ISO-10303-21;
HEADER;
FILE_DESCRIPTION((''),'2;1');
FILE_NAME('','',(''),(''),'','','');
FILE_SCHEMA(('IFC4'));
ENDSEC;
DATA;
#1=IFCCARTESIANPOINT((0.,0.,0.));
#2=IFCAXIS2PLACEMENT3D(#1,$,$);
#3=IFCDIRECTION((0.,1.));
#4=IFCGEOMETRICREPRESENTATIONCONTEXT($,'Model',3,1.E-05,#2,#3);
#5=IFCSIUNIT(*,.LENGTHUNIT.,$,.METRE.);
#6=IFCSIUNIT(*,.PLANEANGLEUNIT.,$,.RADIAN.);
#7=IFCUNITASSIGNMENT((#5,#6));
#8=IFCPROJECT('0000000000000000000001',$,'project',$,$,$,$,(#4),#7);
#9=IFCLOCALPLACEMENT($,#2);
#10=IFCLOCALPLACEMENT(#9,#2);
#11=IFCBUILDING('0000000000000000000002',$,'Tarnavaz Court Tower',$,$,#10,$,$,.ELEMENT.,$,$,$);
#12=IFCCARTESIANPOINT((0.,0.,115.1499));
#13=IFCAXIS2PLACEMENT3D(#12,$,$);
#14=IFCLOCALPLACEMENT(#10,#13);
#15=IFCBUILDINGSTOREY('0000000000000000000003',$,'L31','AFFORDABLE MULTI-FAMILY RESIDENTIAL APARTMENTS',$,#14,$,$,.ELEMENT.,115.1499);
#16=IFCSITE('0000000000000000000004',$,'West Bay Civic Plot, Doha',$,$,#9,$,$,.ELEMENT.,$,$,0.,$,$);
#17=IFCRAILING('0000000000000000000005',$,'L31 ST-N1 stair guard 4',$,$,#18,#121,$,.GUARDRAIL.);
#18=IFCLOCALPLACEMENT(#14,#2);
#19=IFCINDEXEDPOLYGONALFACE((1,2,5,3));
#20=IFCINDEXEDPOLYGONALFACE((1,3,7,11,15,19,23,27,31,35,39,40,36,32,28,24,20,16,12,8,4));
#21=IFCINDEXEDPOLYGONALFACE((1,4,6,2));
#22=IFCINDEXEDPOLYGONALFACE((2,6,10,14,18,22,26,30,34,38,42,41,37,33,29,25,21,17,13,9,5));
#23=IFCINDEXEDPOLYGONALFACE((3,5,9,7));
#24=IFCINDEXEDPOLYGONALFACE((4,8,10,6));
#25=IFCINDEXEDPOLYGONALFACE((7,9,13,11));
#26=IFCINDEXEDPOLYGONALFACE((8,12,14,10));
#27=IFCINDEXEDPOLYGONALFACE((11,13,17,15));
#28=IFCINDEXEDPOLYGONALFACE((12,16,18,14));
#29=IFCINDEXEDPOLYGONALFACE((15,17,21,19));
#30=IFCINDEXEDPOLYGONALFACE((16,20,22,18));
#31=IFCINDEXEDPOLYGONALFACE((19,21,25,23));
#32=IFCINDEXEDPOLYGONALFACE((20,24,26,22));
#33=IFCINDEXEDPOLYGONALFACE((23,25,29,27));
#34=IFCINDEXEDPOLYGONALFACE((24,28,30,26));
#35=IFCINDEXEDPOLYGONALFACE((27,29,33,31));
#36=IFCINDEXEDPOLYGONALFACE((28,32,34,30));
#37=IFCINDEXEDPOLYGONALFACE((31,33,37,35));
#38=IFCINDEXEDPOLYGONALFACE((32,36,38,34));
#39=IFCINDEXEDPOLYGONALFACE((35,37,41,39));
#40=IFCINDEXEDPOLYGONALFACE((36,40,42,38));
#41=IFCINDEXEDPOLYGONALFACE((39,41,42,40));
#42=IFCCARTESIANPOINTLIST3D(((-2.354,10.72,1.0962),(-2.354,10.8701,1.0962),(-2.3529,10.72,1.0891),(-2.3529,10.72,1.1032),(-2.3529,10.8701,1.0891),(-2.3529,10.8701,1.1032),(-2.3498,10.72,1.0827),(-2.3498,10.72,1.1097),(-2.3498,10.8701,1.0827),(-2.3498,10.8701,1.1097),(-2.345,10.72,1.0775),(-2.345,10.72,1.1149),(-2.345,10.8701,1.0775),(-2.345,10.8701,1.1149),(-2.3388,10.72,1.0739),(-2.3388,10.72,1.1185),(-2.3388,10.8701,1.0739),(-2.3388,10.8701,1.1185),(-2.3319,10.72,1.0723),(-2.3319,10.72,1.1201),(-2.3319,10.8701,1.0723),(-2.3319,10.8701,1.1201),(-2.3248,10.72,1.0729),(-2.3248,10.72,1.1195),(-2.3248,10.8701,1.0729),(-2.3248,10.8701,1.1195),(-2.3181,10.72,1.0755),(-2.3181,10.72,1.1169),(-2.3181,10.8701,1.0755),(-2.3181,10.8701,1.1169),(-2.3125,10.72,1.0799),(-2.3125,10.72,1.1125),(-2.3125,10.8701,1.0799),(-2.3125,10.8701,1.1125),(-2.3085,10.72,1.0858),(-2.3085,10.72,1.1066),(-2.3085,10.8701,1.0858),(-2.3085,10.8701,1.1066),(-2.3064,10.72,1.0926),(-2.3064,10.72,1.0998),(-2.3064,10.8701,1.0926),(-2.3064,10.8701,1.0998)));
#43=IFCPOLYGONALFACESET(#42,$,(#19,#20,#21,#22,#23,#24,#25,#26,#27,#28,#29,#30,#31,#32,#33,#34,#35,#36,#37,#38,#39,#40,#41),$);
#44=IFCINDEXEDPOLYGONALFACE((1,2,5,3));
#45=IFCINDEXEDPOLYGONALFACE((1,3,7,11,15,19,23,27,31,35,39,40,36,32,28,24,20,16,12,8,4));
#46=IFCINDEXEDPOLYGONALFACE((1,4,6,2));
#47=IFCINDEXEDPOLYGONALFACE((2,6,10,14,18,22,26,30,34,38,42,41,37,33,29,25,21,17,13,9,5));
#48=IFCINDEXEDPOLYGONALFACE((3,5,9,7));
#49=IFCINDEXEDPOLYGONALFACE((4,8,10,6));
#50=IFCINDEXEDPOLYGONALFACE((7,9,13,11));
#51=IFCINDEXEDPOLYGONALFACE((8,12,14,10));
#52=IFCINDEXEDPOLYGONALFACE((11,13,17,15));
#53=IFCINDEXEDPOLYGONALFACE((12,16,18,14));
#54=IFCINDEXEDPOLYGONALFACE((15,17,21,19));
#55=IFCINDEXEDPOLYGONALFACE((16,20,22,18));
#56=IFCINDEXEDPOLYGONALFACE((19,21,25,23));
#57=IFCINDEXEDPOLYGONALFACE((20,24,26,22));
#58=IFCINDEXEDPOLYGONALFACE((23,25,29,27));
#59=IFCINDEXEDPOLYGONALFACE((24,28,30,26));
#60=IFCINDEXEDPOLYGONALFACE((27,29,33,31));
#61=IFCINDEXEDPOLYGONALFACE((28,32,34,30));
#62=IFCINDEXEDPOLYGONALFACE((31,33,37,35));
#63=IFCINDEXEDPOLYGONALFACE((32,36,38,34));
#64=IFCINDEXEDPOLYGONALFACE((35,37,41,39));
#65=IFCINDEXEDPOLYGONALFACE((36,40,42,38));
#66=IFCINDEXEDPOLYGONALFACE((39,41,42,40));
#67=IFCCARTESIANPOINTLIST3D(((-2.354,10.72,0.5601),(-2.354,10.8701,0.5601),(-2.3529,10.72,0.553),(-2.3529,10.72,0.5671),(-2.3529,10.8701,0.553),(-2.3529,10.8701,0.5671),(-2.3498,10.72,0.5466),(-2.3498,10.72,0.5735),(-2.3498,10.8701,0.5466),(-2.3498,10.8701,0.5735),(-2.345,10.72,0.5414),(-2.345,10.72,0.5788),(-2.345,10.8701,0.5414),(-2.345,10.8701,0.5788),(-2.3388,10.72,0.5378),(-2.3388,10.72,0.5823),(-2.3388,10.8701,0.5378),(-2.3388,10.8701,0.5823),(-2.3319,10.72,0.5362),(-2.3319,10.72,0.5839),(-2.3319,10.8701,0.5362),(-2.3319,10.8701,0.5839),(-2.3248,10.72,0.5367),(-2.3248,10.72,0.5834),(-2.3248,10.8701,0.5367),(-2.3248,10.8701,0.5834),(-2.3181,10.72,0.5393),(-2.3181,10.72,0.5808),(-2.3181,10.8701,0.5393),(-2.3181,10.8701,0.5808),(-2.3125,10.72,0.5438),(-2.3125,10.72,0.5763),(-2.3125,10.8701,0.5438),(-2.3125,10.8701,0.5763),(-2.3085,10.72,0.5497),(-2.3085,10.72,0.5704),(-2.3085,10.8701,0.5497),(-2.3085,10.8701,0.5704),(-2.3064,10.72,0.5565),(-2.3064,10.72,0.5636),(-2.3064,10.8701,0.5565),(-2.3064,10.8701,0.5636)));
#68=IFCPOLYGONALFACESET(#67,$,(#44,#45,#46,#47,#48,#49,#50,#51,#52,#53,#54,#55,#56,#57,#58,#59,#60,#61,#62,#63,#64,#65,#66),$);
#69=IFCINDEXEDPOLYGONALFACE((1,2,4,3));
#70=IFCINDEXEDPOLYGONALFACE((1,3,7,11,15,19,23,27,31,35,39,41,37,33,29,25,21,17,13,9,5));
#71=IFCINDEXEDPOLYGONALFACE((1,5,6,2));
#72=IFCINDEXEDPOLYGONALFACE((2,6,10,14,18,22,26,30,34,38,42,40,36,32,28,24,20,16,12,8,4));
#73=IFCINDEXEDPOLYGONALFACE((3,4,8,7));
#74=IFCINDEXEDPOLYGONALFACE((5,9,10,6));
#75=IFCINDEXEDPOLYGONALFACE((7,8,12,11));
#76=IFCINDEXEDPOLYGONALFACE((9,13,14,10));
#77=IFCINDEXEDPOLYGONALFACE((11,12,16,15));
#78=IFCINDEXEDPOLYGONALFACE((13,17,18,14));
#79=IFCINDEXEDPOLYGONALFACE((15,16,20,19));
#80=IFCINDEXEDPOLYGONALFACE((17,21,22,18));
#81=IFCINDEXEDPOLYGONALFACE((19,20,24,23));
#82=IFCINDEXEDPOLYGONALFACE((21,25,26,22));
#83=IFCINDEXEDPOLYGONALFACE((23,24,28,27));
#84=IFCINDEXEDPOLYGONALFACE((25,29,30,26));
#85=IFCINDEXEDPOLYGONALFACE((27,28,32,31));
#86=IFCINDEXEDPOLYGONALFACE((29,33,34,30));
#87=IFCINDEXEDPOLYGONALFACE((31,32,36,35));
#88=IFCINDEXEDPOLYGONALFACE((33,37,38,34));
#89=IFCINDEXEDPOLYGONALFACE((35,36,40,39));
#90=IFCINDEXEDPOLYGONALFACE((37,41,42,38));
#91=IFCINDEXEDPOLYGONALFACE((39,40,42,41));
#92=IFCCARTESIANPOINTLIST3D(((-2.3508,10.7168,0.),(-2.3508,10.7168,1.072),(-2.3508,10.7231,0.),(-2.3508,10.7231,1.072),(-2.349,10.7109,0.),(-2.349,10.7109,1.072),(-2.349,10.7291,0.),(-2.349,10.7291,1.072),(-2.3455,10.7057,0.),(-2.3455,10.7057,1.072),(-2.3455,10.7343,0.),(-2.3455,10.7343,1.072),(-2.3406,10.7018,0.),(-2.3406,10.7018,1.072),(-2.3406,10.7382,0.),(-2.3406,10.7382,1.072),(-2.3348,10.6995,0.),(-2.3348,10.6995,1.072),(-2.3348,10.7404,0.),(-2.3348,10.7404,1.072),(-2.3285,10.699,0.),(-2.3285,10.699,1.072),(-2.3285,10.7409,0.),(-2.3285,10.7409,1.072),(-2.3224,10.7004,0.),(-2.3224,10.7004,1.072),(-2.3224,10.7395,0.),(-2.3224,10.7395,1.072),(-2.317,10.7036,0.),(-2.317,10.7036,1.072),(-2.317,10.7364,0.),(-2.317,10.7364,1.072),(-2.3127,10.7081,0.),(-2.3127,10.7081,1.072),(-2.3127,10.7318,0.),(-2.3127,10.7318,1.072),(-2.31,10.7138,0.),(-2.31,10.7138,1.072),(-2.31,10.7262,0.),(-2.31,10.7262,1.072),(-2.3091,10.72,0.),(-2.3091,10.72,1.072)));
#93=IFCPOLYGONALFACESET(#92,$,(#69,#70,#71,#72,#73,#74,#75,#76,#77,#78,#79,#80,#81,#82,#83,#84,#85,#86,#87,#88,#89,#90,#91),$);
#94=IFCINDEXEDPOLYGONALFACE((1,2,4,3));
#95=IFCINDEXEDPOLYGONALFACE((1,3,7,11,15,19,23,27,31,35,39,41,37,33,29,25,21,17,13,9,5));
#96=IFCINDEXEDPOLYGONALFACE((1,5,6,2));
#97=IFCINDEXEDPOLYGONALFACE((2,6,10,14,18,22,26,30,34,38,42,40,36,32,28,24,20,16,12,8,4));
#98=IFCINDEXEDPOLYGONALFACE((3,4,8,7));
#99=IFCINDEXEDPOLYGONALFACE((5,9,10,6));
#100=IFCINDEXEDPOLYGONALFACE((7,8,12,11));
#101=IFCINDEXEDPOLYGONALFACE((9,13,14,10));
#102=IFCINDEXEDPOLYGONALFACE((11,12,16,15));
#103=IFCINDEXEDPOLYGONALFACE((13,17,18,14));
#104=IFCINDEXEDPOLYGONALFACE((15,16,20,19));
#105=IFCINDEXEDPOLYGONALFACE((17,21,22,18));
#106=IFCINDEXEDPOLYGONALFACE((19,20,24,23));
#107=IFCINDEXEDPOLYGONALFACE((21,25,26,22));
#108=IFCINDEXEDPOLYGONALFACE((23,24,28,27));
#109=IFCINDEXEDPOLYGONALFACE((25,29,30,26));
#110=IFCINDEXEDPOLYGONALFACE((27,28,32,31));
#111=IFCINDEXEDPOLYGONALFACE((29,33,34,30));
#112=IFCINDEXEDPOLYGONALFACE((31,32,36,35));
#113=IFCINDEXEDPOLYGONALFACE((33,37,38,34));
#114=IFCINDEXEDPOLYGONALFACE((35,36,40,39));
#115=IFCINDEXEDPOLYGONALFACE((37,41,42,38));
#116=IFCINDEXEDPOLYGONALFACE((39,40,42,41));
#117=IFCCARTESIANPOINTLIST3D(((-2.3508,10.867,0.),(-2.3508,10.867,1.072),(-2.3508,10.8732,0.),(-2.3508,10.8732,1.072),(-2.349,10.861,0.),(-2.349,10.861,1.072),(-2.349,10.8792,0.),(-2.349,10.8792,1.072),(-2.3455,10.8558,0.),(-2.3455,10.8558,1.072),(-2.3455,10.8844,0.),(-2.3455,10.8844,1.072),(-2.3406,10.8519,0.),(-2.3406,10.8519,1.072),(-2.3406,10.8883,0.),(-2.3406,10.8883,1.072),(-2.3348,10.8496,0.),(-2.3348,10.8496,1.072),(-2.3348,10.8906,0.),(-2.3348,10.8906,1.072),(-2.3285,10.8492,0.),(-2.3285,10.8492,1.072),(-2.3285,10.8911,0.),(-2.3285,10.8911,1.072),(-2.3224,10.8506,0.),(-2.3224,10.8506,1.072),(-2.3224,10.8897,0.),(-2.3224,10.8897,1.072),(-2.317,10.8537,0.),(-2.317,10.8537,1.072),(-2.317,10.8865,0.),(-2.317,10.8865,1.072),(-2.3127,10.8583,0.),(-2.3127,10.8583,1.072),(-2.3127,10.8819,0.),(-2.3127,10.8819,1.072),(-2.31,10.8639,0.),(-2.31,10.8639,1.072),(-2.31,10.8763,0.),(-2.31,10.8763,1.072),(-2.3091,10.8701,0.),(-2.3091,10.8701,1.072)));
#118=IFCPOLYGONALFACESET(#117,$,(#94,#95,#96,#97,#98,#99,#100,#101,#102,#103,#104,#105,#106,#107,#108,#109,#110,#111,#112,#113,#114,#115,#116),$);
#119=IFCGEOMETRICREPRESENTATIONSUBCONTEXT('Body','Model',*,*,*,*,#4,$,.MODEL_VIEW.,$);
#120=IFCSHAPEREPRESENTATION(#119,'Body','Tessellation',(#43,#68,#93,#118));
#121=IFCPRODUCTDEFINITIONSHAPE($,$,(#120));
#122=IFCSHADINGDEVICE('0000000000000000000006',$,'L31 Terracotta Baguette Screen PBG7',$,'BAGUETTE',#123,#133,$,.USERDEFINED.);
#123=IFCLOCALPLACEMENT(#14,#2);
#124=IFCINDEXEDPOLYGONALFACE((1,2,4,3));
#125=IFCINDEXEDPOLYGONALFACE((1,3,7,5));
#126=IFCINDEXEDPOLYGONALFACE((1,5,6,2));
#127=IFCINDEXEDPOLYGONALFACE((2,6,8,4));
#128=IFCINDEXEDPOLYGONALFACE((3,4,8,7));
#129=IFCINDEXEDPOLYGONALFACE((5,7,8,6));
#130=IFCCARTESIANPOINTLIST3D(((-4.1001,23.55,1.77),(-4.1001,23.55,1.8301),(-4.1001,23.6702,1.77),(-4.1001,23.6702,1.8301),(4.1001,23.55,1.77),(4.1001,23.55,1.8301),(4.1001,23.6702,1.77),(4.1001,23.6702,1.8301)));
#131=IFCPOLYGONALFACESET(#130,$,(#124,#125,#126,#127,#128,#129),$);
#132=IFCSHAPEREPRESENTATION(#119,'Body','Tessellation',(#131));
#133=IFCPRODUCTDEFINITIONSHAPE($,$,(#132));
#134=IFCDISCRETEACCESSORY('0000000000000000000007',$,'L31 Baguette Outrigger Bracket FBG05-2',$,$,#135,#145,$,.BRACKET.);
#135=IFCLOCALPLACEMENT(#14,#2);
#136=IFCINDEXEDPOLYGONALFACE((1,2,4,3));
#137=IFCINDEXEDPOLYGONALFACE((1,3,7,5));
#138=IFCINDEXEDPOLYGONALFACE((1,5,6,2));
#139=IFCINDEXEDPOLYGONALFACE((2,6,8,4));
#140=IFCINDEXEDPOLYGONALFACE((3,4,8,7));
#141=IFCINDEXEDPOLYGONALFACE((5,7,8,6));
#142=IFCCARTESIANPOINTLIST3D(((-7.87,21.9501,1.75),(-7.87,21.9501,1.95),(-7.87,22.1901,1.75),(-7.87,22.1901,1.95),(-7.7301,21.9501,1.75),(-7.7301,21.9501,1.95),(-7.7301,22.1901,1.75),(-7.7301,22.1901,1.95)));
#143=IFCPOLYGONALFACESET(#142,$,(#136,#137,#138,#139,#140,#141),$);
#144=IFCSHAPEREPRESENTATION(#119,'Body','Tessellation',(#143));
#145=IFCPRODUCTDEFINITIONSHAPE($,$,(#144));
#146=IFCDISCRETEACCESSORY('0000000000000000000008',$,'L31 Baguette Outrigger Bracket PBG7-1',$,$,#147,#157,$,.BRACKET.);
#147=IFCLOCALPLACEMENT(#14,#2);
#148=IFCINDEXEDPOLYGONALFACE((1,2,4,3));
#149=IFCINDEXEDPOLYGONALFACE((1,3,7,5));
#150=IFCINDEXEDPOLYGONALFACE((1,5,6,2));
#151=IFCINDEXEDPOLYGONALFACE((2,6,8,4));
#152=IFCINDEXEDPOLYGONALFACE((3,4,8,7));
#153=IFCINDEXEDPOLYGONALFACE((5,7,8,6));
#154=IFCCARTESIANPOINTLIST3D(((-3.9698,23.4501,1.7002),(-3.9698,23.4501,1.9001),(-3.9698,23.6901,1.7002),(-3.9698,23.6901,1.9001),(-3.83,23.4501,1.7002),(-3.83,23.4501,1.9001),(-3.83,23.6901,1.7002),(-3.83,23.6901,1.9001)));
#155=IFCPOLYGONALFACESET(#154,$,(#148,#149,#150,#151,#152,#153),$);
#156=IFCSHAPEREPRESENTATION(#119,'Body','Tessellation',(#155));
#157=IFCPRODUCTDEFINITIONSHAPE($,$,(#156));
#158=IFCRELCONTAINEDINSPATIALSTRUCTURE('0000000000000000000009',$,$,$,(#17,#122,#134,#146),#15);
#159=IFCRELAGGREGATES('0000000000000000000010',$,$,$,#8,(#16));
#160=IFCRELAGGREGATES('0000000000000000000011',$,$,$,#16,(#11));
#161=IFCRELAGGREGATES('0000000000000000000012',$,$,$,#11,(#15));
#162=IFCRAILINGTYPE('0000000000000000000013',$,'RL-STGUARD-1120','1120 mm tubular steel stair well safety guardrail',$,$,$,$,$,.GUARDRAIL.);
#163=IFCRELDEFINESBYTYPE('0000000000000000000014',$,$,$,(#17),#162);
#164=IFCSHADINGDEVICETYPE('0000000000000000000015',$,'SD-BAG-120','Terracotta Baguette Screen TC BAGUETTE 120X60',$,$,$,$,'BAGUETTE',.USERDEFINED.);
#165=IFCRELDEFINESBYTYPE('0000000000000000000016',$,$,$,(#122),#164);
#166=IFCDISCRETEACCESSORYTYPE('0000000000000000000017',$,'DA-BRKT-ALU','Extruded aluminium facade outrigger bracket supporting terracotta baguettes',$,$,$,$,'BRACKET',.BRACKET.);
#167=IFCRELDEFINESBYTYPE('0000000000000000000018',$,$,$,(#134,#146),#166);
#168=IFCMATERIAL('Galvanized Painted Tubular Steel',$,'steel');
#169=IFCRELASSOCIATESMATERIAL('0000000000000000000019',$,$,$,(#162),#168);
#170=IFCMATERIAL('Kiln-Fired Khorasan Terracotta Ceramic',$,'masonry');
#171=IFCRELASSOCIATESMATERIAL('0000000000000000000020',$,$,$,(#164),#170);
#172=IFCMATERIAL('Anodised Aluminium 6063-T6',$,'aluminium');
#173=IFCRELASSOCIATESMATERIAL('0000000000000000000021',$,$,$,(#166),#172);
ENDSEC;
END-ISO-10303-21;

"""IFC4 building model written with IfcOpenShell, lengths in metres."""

from ifc_helpers import new_model, si_unit, direction, frame, origin, origin_2d, place, context, subcontext, project, spatial, rectangle, circle, extrude, material, material_profile, profile_set, type_object, element, save


model = new_model("IFC4")

# Units and contexts
model_context = context("Model", 3, precision=1e-05, world=origin(), true_north=direction((0.0, 1.0)))
body_context = subcontext(model_context, "Body", "Model", "MODEL_VIEW")
ifc_project = project(units=[si_unit("LENGTHUNIT", "METRE"), si_unit("PLANEANGLEUNIT", "RADIAN")], contexts=[model_context])

# Site, building, storey
site_placement = place(None, origin())
site = spatial("IfcSite", under=ifc_project, at=site_placement, Name="West Bay Civic Plot, Doha", CompositionType="ELEMENT", RefElevation=0.0)
building_placement = place(site_placement, origin())
building = spatial("IfcBuilding", under=site, at=building_placement, Name="Tarnavaz Court Tower", CompositionType="ELEMENT")
storey_placement = place(building_placement, frame((0.0, 0.0, 115.1499)))
storey = spatial("IfcBuildingStorey", under=building, at=storey_placement, Name="L31", Description="AFFORDABLE MULTI-FAMILY RESIDENTIAL APARTMENTS", CompositionType="ELEMENT", Elevation=115.1499)

# Shared definitions
ifc_material_1 = material(Name="Anodised Aluminium 6063-T6", Category="aluminium")

# Railing
ifc_material_2 = material(Name="Galvanized Painted Tubular Steel", Category="steel")
railing_type = type_object("IfcRailingType", Name="RL-STGUARD-1120", Description="1120 mm tubular steel stair well safety guardrail", PredefinedType="GUARDRAIL", material=ifc_material_2)
railing_placement = place(storey_placement, frame((-2.3301, 10.72, 0.0)))
element("IfcRailing", 1, at=railing_placement, inside=storey, type_object=railing_type, Name="L31 ST-N1 stair guard 4", PredefinedType="GUARDRAIL", context=body_context, shape_type="SweptSolid", body=[
    extrude(circle(Radius=0.0239, at=origin_2d()), frame((0.0, 0.0, 1.0962), z_axis=(0.0, 1.0, 0.0), x_axis=(-1.0, 0.0, 0.0)), (0.0, 0.0, 1.0), 0.1501),
    extrude(circle(Radius=0.0239, at=origin_2d()), frame((0.0, 0.0, 0.5601), z_axis=(0.0, 1.0, 0.0), x_axis=(-1.0, 0.0, 0.0)), (0.0, 0.0, 1.0), 0.1501),
    extrude(circle(Radius=0.021, at=origin_2d()), origin(), (0.0, 0.0, 1.0), 1.072),
    extrude(circle(Radius=0.021, at=origin_2d()), frame((0.0, 0.1501, 0.0)), (0.0, 0.0, 1.0), 1.072),
])

# Shading device
ifc_material_3 = material(Name="Kiln-Fired Khorasan Terracotta Ceramic", Category="masonry")
ifc_material_profile_1 = material_profile(ifc_material_3, rectangle(XDim=0.1201, YDim=0.0601, at=origin_2d()), Name="TC BAGUETTE 120X60")
ifc_profile_set_1 = profile_set([ifc_material_profile_1], Name="Kiln-Fired Khorasan Terracotta Ceramic")
shading_device_type = type_object("IfcShadingDeviceType", Name="SD-BAG-120", Description="Terracotta Baguette Screen TC BAGUETTE 120X60", ElementType="BAGUETTE", PredefinedType="USERDEFINED", material=ifc_profile_set_1)
shading_device_placement = place(storey_placement, frame((-4.1001, 23.6101, 1.8), z_axis=(1.0, 0.0, 0.0), x_axis=(0.0, 1.0, 0.0)))
element("IfcShadingDevice", 2, at=shading_device_placement, inside=storey, type_object=shading_device_type, Name="L31 Terracotta Baguette Screen PBG7", ObjectType="BAGUETTE", PredefinedType="USERDEFINED", context=body_context, shape_type="SweptSolid", body=[
    extrude(rectangle(XDim=0.1201, YDim=0.0601, at=origin_2d()), origin(), (0.0, 0.0, 1.0), 8.2002),
])

# Discrete accessories
discrete_accessory_type = type_object("IfcDiscreteAccessoryType", Name="DA-BRKT-ALU", Description="Extruded aluminium facade outrigger bracket supporting terracotta baguettes", ElementType="BRACKET", PredefinedType="BRACKET", material=ifc_material_1)
for number, where, z_axis, x_axis, name in (
    (3, (-7.8, 22.0701, 1.75), (0.0, 0.0, 1.0), (1.0, 0.0, 0.0), "L31 Baguette Outrigger Bracket FBG05-2"),
    (4, (-3.8999, 23.5701, 1.7002), (0.0, 0.0, 1.0), (1.0, 0.0, 0.0), "L31 Baguette Outrigger Bracket PBG7-1"),
):
    element("IfcDiscreteAccessory", number, at=place(storey_placement, frame(where, z_axis=z_axis, x_axis=x_axis)), inside=storey, type_object=discrete_accessory_type, Name=name, PredefinedType="BRACKET", context=body_context, shape_type="SweptSolid", body=[
        extrude(rectangle(XDim=0.1399, YDim=0.24, at=origin_2d()), origin(), (0.0, 0.0, 1.0), 0.2),
    ])

save(model, "model.ifc")
